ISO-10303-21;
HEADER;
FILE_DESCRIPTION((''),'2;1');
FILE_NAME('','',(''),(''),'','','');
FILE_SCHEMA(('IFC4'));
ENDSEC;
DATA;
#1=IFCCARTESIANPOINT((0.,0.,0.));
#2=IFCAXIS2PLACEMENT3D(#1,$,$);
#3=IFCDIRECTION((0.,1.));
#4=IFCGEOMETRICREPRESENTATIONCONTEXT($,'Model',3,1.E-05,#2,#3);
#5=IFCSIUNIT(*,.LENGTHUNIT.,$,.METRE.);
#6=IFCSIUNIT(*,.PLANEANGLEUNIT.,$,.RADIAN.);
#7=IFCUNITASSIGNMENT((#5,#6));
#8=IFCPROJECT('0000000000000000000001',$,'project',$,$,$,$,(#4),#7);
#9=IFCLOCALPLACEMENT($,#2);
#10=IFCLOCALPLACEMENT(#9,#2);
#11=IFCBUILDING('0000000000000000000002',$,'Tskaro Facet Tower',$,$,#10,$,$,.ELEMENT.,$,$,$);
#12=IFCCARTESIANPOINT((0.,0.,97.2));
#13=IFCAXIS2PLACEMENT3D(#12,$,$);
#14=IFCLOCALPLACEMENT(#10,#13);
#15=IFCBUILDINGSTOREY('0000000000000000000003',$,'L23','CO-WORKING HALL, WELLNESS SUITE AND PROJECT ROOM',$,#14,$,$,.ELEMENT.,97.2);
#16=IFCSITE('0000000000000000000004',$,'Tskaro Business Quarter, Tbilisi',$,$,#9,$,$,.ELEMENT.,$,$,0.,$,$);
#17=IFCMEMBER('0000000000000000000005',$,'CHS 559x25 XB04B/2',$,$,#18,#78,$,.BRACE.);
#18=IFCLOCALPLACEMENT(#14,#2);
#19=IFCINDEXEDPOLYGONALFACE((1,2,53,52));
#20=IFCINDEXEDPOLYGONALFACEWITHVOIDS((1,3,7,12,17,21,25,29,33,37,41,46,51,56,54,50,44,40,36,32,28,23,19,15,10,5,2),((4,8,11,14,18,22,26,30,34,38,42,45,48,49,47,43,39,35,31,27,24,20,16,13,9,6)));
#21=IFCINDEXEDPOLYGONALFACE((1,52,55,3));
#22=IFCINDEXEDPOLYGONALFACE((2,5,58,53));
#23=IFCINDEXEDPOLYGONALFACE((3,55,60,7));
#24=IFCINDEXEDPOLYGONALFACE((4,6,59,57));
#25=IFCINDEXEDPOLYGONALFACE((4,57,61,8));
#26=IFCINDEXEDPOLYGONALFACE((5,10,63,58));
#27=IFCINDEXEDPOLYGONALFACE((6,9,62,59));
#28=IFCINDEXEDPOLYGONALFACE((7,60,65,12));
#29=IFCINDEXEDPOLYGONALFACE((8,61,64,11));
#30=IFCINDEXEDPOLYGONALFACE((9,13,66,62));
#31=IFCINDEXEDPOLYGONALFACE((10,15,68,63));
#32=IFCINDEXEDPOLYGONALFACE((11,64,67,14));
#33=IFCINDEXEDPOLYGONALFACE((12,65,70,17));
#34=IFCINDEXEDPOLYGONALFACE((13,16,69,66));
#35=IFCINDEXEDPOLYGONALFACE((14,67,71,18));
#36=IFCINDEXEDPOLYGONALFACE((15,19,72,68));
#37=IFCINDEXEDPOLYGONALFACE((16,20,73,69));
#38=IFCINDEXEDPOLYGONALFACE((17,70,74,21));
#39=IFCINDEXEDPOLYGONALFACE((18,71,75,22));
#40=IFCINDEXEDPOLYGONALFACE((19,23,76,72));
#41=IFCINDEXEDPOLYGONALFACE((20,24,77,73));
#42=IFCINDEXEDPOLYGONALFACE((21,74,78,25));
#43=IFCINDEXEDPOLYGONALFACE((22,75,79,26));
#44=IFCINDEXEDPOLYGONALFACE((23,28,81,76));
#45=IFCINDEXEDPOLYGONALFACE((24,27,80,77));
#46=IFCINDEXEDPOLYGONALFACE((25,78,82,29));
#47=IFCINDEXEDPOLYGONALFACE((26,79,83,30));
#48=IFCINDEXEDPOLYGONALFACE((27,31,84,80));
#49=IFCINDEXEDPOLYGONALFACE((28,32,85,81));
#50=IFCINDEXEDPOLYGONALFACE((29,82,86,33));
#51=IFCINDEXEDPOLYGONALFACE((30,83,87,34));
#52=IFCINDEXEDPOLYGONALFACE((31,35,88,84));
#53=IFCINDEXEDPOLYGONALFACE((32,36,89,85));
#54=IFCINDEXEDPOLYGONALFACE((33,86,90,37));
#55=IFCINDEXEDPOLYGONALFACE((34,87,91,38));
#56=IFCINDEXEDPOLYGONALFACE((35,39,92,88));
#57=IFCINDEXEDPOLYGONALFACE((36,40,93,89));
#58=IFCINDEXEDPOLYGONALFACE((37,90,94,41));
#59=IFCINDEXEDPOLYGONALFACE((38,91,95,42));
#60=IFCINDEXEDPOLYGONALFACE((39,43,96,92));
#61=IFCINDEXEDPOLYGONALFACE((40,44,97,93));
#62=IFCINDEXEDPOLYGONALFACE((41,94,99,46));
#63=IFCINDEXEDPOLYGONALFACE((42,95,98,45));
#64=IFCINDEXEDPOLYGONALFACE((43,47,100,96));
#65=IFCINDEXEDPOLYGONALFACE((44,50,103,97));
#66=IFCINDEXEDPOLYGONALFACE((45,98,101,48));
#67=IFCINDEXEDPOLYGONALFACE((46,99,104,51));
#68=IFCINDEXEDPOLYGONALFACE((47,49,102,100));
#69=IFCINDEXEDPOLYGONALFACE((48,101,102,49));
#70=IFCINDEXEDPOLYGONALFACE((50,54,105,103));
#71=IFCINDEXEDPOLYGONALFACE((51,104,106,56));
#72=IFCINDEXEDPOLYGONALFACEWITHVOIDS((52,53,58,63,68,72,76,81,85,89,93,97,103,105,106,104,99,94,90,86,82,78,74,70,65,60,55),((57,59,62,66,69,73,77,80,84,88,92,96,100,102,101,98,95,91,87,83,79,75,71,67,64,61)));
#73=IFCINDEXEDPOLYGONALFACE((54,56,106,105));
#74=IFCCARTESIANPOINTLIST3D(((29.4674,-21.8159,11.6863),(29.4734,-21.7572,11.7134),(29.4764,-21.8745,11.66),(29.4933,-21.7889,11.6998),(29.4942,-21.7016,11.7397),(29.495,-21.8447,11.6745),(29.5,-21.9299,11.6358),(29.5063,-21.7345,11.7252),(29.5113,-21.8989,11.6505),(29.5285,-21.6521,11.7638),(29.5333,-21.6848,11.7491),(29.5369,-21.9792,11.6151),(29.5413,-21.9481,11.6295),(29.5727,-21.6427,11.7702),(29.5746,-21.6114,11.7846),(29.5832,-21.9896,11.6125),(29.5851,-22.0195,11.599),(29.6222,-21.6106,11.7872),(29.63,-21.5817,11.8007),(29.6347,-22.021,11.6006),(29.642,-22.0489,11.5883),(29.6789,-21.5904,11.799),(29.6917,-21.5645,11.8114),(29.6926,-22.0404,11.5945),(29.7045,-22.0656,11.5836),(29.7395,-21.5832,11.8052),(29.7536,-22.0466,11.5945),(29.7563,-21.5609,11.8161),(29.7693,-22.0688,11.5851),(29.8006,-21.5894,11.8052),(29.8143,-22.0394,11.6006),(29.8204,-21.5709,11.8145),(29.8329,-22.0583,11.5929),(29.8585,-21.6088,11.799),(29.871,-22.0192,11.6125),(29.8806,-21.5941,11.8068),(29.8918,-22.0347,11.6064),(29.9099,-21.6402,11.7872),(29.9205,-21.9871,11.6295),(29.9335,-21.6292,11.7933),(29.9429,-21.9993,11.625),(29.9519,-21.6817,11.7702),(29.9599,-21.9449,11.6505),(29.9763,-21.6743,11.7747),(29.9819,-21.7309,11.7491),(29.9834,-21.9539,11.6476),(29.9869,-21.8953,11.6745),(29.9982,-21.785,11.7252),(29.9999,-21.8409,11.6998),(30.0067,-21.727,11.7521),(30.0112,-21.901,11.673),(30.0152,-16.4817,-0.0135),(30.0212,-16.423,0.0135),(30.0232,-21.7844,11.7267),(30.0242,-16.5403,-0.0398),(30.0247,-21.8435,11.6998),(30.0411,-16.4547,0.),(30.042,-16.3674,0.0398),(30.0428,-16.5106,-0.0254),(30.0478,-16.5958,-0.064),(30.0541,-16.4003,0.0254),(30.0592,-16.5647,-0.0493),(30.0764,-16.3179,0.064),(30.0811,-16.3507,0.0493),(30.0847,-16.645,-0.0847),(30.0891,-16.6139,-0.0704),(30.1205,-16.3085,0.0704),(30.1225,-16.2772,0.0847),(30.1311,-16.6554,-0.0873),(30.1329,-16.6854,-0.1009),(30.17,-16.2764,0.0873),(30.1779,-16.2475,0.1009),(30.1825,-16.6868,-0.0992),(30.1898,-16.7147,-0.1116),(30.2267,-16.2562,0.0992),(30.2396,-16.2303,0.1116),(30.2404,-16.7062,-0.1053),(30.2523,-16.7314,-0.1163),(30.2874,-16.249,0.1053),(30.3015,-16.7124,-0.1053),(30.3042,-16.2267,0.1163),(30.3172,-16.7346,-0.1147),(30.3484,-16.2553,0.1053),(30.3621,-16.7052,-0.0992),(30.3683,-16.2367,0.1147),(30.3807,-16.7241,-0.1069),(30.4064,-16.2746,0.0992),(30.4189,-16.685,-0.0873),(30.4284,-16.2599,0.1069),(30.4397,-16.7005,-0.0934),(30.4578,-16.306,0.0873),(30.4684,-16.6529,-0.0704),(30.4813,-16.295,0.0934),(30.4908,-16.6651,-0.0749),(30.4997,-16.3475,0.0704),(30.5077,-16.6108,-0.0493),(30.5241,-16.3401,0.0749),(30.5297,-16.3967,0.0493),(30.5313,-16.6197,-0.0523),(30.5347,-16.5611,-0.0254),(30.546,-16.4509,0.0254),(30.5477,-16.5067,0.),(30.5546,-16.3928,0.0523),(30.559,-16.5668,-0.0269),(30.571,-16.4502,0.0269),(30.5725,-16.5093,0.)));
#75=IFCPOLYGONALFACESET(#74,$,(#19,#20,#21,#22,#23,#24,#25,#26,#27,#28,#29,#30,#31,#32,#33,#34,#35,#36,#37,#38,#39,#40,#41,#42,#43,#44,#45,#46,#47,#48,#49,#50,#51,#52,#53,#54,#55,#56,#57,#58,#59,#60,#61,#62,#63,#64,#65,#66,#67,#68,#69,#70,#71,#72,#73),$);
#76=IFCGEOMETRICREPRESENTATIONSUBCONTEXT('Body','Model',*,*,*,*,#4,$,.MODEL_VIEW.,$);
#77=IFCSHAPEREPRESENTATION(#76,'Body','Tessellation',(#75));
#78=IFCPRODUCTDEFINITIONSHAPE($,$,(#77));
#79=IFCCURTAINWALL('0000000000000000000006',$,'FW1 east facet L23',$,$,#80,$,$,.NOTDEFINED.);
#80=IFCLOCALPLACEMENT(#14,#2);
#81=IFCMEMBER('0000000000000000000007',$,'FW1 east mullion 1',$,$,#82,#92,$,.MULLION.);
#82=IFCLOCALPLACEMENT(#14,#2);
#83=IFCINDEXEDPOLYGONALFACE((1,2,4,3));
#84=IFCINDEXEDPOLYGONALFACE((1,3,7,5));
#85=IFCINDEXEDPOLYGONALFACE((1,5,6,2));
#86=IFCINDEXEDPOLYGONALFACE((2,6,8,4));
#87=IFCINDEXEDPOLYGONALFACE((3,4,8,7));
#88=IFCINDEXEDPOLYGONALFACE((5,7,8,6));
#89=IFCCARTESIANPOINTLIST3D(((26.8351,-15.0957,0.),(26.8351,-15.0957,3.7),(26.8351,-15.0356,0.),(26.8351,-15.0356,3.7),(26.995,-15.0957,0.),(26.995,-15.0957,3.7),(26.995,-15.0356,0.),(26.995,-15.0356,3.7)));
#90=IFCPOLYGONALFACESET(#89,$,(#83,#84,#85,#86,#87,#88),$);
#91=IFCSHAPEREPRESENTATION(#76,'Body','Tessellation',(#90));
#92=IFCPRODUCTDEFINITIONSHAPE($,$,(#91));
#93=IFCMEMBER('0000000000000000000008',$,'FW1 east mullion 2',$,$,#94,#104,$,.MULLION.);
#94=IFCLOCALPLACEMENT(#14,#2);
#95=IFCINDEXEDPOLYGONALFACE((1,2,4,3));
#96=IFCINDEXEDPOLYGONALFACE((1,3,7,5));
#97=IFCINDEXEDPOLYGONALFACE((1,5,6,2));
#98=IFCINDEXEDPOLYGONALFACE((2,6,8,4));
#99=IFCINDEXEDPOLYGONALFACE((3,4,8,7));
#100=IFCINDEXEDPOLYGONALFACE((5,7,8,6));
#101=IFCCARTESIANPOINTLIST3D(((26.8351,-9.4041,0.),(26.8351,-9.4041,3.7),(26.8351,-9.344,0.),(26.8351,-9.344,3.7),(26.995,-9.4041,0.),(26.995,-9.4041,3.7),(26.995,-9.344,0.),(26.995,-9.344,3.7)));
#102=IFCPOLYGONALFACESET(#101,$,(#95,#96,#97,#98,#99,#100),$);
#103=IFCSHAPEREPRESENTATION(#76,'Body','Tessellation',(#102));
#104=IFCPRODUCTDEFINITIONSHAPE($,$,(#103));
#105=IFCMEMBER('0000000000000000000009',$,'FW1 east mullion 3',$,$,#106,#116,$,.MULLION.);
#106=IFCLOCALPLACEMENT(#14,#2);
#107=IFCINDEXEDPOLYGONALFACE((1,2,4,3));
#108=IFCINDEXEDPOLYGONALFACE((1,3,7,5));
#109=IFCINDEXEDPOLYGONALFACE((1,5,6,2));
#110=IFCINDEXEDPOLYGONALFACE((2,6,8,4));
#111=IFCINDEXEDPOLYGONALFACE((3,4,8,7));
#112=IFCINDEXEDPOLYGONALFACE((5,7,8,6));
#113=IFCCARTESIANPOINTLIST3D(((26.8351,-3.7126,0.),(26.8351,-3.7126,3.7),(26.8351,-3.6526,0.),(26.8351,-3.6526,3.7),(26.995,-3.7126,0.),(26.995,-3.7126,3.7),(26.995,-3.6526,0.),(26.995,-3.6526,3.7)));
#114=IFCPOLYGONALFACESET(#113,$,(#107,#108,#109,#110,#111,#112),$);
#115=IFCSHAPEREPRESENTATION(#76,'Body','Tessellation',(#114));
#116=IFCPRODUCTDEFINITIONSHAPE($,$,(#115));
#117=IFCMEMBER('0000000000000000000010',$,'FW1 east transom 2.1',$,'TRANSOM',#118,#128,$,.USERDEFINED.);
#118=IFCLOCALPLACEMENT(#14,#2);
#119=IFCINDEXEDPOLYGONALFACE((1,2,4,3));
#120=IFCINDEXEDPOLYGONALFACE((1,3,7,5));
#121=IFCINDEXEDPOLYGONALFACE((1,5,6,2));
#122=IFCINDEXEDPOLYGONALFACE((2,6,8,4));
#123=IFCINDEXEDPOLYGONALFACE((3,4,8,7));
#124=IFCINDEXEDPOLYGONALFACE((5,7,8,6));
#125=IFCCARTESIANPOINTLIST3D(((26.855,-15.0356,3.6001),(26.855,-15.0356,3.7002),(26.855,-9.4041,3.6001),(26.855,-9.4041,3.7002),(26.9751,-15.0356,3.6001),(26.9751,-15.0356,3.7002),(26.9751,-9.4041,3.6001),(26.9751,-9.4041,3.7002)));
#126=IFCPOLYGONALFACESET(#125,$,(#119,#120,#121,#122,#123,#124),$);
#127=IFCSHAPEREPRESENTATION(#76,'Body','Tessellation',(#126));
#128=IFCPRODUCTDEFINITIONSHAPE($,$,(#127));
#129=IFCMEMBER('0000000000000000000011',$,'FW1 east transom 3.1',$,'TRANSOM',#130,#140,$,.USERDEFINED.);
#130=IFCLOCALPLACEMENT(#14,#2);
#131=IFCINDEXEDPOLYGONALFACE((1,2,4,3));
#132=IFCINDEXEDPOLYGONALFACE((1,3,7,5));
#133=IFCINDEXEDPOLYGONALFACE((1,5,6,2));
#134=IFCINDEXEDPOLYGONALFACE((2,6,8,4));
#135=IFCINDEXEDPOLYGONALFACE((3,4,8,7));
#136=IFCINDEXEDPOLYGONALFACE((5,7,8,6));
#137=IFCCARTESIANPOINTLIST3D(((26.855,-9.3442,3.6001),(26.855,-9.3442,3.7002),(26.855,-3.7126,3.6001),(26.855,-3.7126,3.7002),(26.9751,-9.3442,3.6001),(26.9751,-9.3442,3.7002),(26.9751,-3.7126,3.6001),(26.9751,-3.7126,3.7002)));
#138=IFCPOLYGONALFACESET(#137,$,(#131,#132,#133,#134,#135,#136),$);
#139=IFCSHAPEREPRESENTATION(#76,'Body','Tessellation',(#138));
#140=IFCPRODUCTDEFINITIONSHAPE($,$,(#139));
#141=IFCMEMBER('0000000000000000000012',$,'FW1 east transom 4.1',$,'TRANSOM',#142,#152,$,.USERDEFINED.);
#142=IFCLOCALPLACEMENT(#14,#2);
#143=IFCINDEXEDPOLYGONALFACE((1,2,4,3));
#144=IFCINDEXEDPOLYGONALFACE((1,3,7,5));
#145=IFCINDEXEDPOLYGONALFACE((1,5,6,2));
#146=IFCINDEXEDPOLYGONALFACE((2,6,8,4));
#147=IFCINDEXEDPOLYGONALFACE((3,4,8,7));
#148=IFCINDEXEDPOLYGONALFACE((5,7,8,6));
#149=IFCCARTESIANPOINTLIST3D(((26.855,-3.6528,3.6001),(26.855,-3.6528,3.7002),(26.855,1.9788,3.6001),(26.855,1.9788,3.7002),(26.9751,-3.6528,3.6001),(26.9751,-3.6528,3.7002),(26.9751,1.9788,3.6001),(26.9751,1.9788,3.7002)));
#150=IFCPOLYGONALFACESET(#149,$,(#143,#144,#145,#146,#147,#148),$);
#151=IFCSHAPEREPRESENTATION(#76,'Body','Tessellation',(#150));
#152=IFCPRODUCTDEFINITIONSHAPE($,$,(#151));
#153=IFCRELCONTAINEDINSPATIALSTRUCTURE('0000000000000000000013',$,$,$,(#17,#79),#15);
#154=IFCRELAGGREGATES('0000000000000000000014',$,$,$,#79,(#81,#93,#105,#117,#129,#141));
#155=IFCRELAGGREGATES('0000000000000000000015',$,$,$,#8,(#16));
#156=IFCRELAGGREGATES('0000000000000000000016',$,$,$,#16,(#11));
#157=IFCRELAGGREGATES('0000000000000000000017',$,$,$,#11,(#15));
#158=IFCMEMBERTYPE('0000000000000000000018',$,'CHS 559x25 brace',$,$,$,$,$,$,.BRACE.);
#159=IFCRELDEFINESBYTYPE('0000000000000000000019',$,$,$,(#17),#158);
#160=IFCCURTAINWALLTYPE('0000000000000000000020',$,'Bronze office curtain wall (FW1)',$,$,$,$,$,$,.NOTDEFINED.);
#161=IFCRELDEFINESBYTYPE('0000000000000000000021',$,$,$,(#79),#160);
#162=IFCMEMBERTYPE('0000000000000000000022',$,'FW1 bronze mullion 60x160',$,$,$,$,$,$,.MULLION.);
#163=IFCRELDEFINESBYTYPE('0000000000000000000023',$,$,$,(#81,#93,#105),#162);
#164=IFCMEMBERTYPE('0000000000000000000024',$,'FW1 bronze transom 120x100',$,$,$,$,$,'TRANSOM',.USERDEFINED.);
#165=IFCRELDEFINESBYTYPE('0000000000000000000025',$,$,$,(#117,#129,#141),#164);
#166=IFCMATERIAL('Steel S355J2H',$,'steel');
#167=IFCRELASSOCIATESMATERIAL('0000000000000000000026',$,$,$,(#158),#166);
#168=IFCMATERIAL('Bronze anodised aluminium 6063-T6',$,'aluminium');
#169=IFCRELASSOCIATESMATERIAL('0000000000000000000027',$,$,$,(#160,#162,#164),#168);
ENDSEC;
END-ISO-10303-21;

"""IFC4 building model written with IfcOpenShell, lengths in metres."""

from ifc_helpers import new_model, si_unit, direction, frame, origin, origin_2d, place, context, subcontext, project, spatial, rectangle, hollow_circle, extrude, material, material_profile, profile_set, type_object, element, aggregate, save


model = new_model("IFC4")

# Units and contexts
model_context = context("Model", 3, precision=1e-05, world=origin(), true_north=direction((0.0, 1.0)))
body_context = subcontext(model_context, "Body", "Model", "MODEL_VIEW")
ifc_project = project(units=[si_unit("LENGTHUNIT", "METRE"), si_unit("PLANEANGLEUNIT", "RADIAN")], contexts=[model_context])

# Site, building, storey
site_placement = place(None, origin())
site = spatial("IfcSite", under=ifc_project, at=site_placement, Name="Tskaro Business Quarter, Tbilisi", CompositionType="ELEMENT", RefElevation=0.0)
building_placement = place(site_placement, origin())
building = spatial("IfcBuilding", under=site, at=building_placement, Name="Tskaro Facet Tower", CompositionType="ELEMENT")
storey_placement = place(building_placement, frame((0.0, 0.0, 97.2)))
storey = spatial("IfcBuildingStorey", under=building, at=storey_placement, Name="L23", Description="CO-WORKING HALL, WELLNESS SUITE AND PROJECT ROOM", CompositionType="ELEMENT", Elevation=97.2)

# Shared definitions
ifc_material_1 = material(Name="Steel S355J2H", Category="steel")

# Member
ifc_material_profile_1 = material_profile(ifc_material_1, hollow_circle(Radius=0.2795, WallThickness=0.0249, at=origin_2d()), Name="CHS 559x25")
ifc_profile_set_1 = profile_set([ifc_material_profile_1], Name="Steel S355J2H")
member_type_1 = type_object("IfcMemberType", Name="CHS 559x25 brace", PredefinedType="BRACE", material=ifc_profile_set_1)
member_1_placement = place(storey_placement, frame((30.2944, -16.4807, 0.0), z_axis=(-0.042567, -0.414462, 0.90907), x_axis=(0.994767, -0.102167, 0.0)))
element("IfcMember", 1, at=member_1_placement, inside=storey, type_object=member_type_1, Name="CHS 559x25 XB04B/2", PredefinedType="BRACE", context=body_context, shape_type="SweptSolid", body=[
    extrude(hollow_circle(Radius=0.2795, WallThickness=0.0249, at=origin_2d()), origin(), (0.0, 0.0, 1.0), 12.8701),
])

# Curtain wall, members
ifc_material_2 = material(Name="Bronze anodised aluminium 6063-T6", Category="aluminium")
curtain_wall_type = type_object("IfcCurtainWallType", Name="Bronze office curtain wall (FW1)", PredefinedType="NOTDEFINED", material=ifc_material_2)
curtain_wall_placement = place(storey_placement, origin())
curtain_wall = element("IfcCurtainWall", 2, at=curtain_wall_placement, inside=storey, type_object=curtain_wall_type, Name="FW1 east facet L23", PredefinedType="NOTDEFINED")
ifc_material_profile_2 = material_profile(ifc_material_2, rectangle(XDim=0.0601, YDim=0.1599, at=origin_2d()), Name="Mullion 60x160")
ifc_profile_set_2 = profile_set([ifc_material_profile_2], Name="Bronze anodised aluminium 6063-T6")
member_type_2 = type_object("IfcMemberType", Name="FW1 bronze mullion 60x160", PredefinedType="MULLION", material=ifc_profile_set_2)
member_2_placement = place(storey_placement, frame((26.915, -15.0657, 0.0), z_axis=(0.0, 0.0, 1.0), x_axis=(0.0, 1.0, 0.0)))
member_2 = element("IfcMember", 3, at=member_2_placement, type_object=member_type_2, Name="FW1 east mullion 1", PredefinedType="MULLION", context=body_context, shape_type="SweptSolid", body=[
    extrude(rectangle(XDim=0.0601, YDim=0.1599, at=origin_2d()), origin(), (0.0, 0.0, 1.0), 3.7),
])
member_3_placement = place(storey_placement, frame((26.915, -9.374, 0.0), z_axis=(0.0, 0.0, 1.0), x_axis=(0.0, 1.0, 0.0)))
member_3 = element("IfcMember", 4, at=member_3_placement, type_object=member_type_2, Name="FW1 east mullion 2", PredefinedType="MULLION", context=body_context, shape_type="SweptSolid", body=[
    extrude(rectangle(XDim=0.0601, YDim=0.1599, at=origin_2d()), origin(), (0.0, 0.0, 1.0), 3.7),
])
member_4_placement = place(storey_placement, frame((26.915, -3.6826, 0.0), z_axis=(0.0, 0.0, 1.0), x_axis=(0.0, 1.0, 0.0)))
member_4 = element("IfcMember", 5, at=member_4_placement, type_object=member_type_2, Name="FW1 east mullion 3", PredefinedType="MULLION", context=body_context, shape_type="SweptSolid", body=[
    extrude(rectangle(XDim=0.0601, YDim=0.1599, at=origin_2d()), origin(), (0.0, 0.0, 1.0), 3.7),
])
ifc_material_profile_3 = material_profile(ifc_material_2, rectangle(XDim=0.1201, YDim=0.1001, at=origin_2d()), Name="Transom 120x100")
ifc_profile_set_3 = profile_set([ifc_material_profile_3], Name="Bronze anodised aluminium 6063-T6")
member_type_3 = type_object("IfcMemberType", Name="FW1 bronze transom 120x100", ElementType="TRANSOM", PredefinedType="USERDEFINED", material=ifc_profile_set_3)
member_5_placement = place(storey_placement, frame((26.915, -15.0356, 3.6501), z_axis=(0.0, 1.0, 0.0), x_axis=(-1.0, 0.0, 0.0)))
member_5 = element("IfcMember", 6, at=member_5_placement, type_object=member_type_3, Name="FW1 east transom 2.1", ObjectType="TRANSOM", PredefinedType="USERDEFINED", context=body_context, shape_type="SweptSolid", body=[
    extrude(rectangle(XDim=0.1201, YDim=0.1001, at=origin_2d()), origin(), (0.0, 0.0, 1.0), 5.6316),
])
member_6_placement = place(storey_placement, frame((26.915, -9.3442, 3.6501), z_axis=(0.0, 1.0, 0.0), x_axis=(-1.0, 0.0, 0.0)))
member_6 = element("IfcMember", 7, at=member_6_placement, type_object=member_type_3, Name="FW1 east transom 3.1", ObjectType="TRANSOM", PredefinedType="USERDEFINED", context=body_context, shape_type="SweptSolid", body=[
    extrude(rectangle(XDim=0.1201, YDim=0.1001, at=origin_2d()), origin(), (0.0, 0.0, 1.0), 5.6316),
])
member_7_placement = place(storey_placement, frame((26.915, -3.6528, 3.6501), z_axis=(0.0, 1.0, 0.0), x_axis=(-1.0, 0.0, 0.0)))
member_7 = element("IfcMember", 8, at=member_7_placement, type_object=member_type_3, Name="FW1 east transom 4.1", ObjectType="TRANSOM", PredefinedType="USERDEFINED", context=body_context, shape_type="SweptSolid", body=[
    extrude(rectangle(XDim=0.1201, YDim=0.1001, at=origin_2d()), origin(), (0.0, 0.0, 1.0), 5.6316),
])

aggregate(curtain_wall, [member_2, member_3, member_4, member_5, member_6, member_7])

save(model, "model.ifc")
